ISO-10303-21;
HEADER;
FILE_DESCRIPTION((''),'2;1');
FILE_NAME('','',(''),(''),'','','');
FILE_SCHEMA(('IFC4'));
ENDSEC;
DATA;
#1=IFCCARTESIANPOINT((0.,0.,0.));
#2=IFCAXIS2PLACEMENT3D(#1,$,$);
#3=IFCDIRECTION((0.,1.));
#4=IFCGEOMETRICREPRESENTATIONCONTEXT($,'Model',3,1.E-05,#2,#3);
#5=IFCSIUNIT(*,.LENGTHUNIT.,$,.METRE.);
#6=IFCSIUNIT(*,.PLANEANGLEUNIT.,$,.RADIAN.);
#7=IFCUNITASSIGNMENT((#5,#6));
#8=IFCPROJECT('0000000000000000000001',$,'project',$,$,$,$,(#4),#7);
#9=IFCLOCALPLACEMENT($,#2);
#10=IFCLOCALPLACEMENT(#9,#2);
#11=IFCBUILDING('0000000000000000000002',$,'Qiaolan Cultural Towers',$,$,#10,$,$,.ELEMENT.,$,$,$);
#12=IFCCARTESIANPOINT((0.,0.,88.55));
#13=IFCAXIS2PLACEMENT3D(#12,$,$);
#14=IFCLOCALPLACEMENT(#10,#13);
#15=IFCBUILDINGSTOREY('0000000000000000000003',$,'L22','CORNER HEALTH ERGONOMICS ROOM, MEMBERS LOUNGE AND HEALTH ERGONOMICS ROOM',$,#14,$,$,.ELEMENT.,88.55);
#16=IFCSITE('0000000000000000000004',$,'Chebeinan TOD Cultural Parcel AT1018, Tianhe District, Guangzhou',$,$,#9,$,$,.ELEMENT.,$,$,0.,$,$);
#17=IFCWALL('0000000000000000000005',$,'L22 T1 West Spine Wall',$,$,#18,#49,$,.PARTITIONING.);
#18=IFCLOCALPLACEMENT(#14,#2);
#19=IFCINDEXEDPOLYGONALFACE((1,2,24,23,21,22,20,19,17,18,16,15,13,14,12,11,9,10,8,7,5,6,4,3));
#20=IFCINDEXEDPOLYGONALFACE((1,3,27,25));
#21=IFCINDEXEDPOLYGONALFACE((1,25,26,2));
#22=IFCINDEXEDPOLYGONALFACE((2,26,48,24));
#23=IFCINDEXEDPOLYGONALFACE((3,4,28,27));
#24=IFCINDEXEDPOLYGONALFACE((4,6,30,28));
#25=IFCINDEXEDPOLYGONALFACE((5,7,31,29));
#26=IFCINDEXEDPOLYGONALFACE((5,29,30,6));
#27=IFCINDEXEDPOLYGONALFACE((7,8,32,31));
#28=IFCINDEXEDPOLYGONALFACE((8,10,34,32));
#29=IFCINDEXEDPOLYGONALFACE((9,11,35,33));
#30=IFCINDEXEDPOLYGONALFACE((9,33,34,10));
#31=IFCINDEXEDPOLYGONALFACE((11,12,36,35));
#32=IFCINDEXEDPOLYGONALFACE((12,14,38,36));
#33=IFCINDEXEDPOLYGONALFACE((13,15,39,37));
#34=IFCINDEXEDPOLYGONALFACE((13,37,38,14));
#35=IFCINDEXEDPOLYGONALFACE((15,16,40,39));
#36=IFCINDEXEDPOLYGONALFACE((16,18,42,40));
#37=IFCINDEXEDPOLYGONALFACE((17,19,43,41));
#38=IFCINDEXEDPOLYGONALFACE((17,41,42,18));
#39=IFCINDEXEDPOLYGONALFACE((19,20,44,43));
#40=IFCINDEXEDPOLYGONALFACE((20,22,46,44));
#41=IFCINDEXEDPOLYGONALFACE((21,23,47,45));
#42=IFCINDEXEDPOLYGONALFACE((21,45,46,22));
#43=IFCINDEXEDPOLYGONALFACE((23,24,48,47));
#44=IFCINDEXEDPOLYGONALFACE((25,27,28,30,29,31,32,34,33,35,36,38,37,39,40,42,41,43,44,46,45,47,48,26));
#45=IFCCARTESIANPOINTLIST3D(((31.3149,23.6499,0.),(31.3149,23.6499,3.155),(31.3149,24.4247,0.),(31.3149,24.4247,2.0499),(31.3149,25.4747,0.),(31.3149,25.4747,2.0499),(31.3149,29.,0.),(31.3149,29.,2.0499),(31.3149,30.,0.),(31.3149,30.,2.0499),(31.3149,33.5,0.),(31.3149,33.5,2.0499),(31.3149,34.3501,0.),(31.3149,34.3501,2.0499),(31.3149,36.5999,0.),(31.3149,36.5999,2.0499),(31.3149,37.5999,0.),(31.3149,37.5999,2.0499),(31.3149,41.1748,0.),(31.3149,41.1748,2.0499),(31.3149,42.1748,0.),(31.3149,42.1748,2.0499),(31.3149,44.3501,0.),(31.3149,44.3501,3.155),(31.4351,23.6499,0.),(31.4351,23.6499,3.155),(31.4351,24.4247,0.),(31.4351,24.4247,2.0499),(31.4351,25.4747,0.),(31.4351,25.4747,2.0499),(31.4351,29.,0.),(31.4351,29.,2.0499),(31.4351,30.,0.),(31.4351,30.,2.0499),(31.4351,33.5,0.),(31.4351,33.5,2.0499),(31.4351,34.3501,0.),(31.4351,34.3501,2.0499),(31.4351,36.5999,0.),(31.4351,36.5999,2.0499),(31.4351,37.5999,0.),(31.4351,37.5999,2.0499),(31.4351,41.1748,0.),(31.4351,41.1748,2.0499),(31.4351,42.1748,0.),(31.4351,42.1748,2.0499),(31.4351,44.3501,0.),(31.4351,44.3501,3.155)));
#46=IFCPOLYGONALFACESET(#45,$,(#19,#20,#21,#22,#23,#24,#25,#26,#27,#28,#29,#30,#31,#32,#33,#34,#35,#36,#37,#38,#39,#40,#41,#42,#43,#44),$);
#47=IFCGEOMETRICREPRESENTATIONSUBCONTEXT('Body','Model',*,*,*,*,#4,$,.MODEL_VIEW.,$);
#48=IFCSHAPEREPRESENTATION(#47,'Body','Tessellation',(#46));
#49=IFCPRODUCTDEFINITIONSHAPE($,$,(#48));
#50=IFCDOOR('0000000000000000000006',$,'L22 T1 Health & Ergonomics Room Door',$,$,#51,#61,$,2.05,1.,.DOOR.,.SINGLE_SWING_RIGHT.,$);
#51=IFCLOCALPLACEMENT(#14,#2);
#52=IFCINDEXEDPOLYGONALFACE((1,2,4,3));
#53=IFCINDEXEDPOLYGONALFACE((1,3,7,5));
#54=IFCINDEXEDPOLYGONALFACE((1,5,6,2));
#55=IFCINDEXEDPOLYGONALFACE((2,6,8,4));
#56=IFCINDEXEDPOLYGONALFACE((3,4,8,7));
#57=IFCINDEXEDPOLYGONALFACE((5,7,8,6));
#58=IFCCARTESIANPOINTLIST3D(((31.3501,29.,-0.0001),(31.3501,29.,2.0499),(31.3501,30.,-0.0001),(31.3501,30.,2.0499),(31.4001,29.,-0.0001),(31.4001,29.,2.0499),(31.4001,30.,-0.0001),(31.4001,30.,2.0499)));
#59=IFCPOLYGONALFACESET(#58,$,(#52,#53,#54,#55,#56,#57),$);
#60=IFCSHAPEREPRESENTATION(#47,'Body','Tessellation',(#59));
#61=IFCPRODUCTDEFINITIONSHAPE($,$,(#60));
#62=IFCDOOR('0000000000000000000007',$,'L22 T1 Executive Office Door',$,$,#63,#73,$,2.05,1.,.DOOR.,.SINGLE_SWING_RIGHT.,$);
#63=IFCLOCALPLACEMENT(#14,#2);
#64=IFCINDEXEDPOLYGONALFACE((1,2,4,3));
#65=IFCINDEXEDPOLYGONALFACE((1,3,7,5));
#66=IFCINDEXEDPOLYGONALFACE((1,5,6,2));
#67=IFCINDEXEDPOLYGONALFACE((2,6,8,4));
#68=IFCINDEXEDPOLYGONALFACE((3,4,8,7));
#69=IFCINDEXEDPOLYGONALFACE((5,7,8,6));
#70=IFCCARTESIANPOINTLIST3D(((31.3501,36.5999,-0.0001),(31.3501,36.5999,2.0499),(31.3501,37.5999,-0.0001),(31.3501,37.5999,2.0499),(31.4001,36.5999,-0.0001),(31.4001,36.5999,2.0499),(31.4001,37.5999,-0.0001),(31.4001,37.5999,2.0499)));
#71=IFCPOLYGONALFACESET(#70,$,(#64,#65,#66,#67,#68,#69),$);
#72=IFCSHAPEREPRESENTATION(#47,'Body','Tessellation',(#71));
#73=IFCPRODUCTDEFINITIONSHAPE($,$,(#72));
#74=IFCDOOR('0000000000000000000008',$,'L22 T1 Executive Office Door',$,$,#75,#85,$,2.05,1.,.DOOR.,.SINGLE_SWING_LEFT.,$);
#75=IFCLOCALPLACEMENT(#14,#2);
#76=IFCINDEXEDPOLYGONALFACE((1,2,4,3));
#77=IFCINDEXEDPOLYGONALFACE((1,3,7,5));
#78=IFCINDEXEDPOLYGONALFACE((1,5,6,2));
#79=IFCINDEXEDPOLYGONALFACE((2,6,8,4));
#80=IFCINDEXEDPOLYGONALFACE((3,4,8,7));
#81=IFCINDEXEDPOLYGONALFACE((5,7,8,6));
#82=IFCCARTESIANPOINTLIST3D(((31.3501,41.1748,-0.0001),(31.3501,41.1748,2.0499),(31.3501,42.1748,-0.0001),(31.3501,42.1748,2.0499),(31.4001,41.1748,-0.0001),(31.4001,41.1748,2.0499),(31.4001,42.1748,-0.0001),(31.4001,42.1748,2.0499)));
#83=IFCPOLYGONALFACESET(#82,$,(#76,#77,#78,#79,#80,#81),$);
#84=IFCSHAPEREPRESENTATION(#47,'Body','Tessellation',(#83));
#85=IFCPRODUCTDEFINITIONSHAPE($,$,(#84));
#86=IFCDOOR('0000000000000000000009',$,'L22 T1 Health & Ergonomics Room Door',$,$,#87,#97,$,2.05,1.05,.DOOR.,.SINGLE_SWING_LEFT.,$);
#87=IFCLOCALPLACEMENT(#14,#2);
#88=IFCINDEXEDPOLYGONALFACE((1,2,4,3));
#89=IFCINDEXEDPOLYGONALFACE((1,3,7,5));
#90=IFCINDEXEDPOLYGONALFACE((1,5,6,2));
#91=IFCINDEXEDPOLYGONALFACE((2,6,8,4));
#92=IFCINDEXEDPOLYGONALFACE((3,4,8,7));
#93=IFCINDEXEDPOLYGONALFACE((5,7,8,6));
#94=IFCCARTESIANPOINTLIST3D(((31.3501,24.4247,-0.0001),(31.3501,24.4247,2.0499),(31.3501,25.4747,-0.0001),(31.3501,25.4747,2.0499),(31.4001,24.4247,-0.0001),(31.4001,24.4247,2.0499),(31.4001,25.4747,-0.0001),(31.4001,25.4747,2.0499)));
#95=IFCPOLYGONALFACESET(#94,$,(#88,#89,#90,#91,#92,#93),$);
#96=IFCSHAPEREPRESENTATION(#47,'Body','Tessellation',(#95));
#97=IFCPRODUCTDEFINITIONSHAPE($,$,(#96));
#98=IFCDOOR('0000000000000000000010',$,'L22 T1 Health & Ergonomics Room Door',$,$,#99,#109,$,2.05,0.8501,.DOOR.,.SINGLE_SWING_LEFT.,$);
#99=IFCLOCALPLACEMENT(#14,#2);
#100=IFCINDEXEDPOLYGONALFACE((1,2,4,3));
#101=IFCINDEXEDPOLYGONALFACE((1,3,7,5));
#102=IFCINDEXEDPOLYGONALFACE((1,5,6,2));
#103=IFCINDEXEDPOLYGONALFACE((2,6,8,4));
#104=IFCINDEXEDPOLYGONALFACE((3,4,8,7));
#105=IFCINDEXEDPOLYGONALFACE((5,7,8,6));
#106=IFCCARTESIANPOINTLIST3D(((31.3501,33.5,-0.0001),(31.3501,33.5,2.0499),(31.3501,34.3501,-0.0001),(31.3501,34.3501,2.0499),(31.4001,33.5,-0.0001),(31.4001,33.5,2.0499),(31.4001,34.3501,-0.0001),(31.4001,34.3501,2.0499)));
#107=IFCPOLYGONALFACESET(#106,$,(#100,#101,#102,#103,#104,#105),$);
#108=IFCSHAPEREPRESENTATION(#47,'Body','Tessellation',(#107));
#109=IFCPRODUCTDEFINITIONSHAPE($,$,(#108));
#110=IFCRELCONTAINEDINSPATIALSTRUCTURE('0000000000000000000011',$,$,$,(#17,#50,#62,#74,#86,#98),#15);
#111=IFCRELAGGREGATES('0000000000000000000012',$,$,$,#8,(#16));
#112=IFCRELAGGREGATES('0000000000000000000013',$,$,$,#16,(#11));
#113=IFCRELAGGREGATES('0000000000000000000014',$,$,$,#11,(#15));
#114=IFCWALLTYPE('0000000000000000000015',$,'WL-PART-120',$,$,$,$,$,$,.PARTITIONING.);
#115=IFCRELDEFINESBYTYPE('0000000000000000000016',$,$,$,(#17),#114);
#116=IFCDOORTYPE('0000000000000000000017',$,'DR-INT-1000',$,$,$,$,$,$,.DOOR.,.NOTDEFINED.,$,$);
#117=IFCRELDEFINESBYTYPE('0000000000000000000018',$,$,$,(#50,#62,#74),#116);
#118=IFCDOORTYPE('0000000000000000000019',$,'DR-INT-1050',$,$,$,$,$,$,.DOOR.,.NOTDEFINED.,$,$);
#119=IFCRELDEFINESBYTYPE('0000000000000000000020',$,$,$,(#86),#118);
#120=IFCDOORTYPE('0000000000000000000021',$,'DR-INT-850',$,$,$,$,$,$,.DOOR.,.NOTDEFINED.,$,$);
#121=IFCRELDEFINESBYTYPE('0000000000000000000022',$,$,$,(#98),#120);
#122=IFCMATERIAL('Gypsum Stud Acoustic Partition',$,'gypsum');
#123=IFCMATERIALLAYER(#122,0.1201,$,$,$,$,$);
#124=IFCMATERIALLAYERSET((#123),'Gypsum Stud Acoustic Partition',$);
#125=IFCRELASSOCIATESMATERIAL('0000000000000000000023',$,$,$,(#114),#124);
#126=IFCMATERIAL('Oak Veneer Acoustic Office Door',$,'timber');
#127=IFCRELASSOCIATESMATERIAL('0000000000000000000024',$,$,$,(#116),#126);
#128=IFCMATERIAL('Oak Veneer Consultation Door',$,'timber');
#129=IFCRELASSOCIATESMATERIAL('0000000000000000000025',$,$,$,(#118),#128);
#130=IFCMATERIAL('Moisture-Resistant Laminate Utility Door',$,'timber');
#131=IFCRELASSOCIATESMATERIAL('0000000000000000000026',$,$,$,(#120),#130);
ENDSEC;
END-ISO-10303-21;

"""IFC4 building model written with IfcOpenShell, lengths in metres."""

from ifc_helpers import new_model, si_unit, direction, frame, frame_2d, origin, place, context, subcontext, project, spatial, rectangle, extrude, material, layer, layer_set, type_object, element, fill, save


model = new_model("IFC4")

# Units and contexts
model_context = context("Model", 3, precision=1e-05, world=origin(), true_north=direction((0.0, 1.0)))
body_context = subcontext(model_context, "Body", "Model", "MODEL_VIEW")
ifc_project = project(units=[si_unit("LENGTHUNIT", "METRE"), si_unit("PLANEANGLEUNIT", "RADIAN")], contexts=[model_context])

# Site, building, storey
site_placement = place(None, origin())
site = spatial("IfcSite", under=ifc_project, at=site_placement, Name="Chebeinan TOD Cultural Parcel AT1018, Tianhe District, Guangzhou", CompositionType="ELEMENT", RefElevation=0.0)
building_placement = place(site_placement, origin())
building = spatial("IfcBuilding", under=site, at=building_placement, Name="Qiaolan Cultural Towers", CompositionType="ELEMENT")
storey_placement = place(building_placement, frame((0.0, 0.0, 88.55)))
storey = spatial("IfcBuildingStorey", under=building, at=storey_placement, Name="L22", Description="CORNER HEALTH ERGONOMICS ROOM, MEMBERS LOUNGE AND HEALTH ERGONOMICS ROOM", CompositionType="ELEMENT", Elevation=88.55)

# Shared definitions
ifc_material_1 = material(Name="Gypsum Stud Acoustic Partition", Category="gypsum")
ifc_layer_1 = layer(ifc_material_1, 0.1201)
ifc_layer_set_1 = layer_set([ifc_layer_1], Name="Gypsum Stud Acoustic Partition")
wall_type_1 = type_object("IfcWallType", Name="WL-PART-120", PredefinedType="PARTITIONING", material=ifc_layer_set_1)

# Wall, openings, doors
wall_1_placement = place(storey_placement, frame((31.375, 23.6499, 0.0), z_axis=(0.0, 0.0, 1.0), x_axis=(0.0, 1.0, 0.0)))
wall_1 = element("IfcWall", 1, at=wall_1_placement, inside=storey, type_object=wall_type_1, Name="L22 T1 West Spine Wall", PredefinedType="PARTITIONING", context=body_context, shape_type="SweptSolid", body=[
    extrude(rectangle(XDim=20.7002, YDim=0.1201, at=frame_2d((10.3501, 0.0))), origin(), (0.0, 0.0, 1.0), 3.155),
])
opening_1_placement = place(wall_1_placement, frame((0.7749, 0.0, 0.0)))
opening_1 = element("IfcOpeningElement", 2, at=opening_1_placement, cuts=wall_1, PredefinedType="OPENING", context=body_context, shape_type="SweptSolid", body=[
    extrude(rectangle(XDim=1.05, YDim=2.05, at=frame_2d((0.5249, 1.0249))), frame((0.0, 0.0701, 0.0), z_axis=(0.0, -1.0, 0.0), x_axis=(1.0, 0.0, 0.0)), (0.0, 0.0, 1.0), 0.1401),
])
opening_2_placement = place(wall_1_placement, frame((5.3501, 0.0, 0.0)))
opening_2 = element("IfcOpeningElement", 3, at=opening_2_placement, cuts=wall_1, PredefinedType="OPENING", context=body_context, shape_type="SweptSolid", body=[
    extrude(rectangle(XDim=1.0, YDim=2.05, at=frame_2d((0.5, 1.0249))), frame((0.0, 0.0701, 0.0), z_axis=(0.0, -1.0, 0.0), x_axis=(1.0, 0.0, 0.0)), (0.0, 0.0, 1.0), 0.1401),
])
opening_3_placement = place(wall_1_placement, frame((9.8501, 0.0, 0.0)))
opening_3 = element("IfcOpeningElement", 4, at=opening_3_placement, cuts=wall_1, PredefinedType="OPENING", context=body_context, shape_type="SweptSolid", body=[
    extrude(rectangle(XDim=0.8501, YDim=2.05, at=frame_2d((0.425, 1.0249))), frame((0.0, 0.0701, 0.0), z_axis=(0.0, -1.0, 0.0), x_axis=(1.0, 0.0, 0.0)), (0.0, 0.0, 1.0), 0.1401),
])
opening_4_placement = place(wall_1_placement, frame((12.95, 0.0, 0.0)))
opening_4 = element("IfcOpeningElement", 5, at=opening_4_placement, cuts=wall_1, PredefinedType="OPENING", context=body_context, shape_type="SweptSolid", body=[
    extrude(rectangle(XDim=1.0, YDim=2.05, at=frame_2d((0.5, 1.0249))), frame((0.0, 0.0701, 0.0), z_axis=(0.0, -1.0, 0.0), x_axis=(1.0, 0.0, 0.0)), (0.0, 0.0, 1.0), 0.1401),
])
opening_5_placement = place(wall_1_placement, frame((17.5249, 0.0, 0.0)))
opening_5 = element("IfcOpeningElement", 6, at=opening_5_placement, cuts=wall_1, PredefinedType="OPENING", context=body_context, shape_type="SweptSolid", body=[
    extrude(rectangle(XDim=1.0, YDim=2.05, at=frame_2d((0.5, 1.0249))), frame((0.0, 0.0701, 0.0), z_axis=(0.0, -1.0, 0.0), x_axis=(1.0, 0.0, 0.0)), (0.0, 0.0, 1.0), 0.1401),
])
ifc_material_2 = material(Name="Oak Veneer Acoustic Office Door", Category="timber")
door_type_1 = type_object("IfcDoorType", Name="DR-INT-1000", OperationType="NOTDEFINED", PredefinedType="DOOR", material=ifc_material_2)
door_1_placement = place(opening_2_placement, origin())
door_1 = element("IfcDoor", 7, at=door_1_placement, inside=storey, type_object=door_type_1, Name="L22 T1 Health & Ergonomics Room Door", OperationType="SINGLE_SWING_RIGHT", OverallHeight=2.05, OverallWidth=1.0, PredefinedType="DOOR", context=body_context, shape_type="SweptSolid", body=[
    extrude(rectangle(XDim=1.0, YDim=2.05, at=frame_2d((0.5, 1.0249))), frame((0.0, 0.0249, 0.0), z_axis=(0.0, -1.0, 0.0), x_axis=(1.0, 0.0, 0.0)), (0.0, 0.0, 1.0), 0.05),
])
fill(opening_2, door_1)
door_2_placement = place(opening_4_placement, origin())
door_2 = element("IfcDoor", 8, at=door_2_placement, inside=storey, type_object=door_type_1, Name="L22 T1 Executive Office Door", OperationType="SINGLE_SWING_RIGHT", OverallHeight=2.05, OverallWidth=1.0, PredefinedType="DOOR", context=body_context, shape_type="SweptSolid", body=[
    extrude(rectangle(XDim=1.0, YDim=2.05, at=frame_2d((0.5, 1.0249))), frame((0.0, 0.0249, 0.0), z_axis=(0.0, -1.0, 0.0), x_axis=(1.0, 0.0, 0.0)), (0.0, 0.0, 1.0), 0.05),
])
fill(opening_4, door_2)
door_3_placement = place(opening_5_placement, origin())
door_3 = element("IfcDoor", 9, at=door_3_placement, inside=storey, type_object=door_type_1, Name="L22 T1 Executive Office Door", OperationType="SINGLE_SWING_LEFT", OverallHeight=2.05, OverallWidth=1.0, PredefinedType="DOOR", context=body_context, shape_type="SweptSolid", body=[
    extrude(rectangle(XDim=1.0, YDim=2.05, at=frame_2d((0.5, 1.0249))), frame((0.0, 0.0249, 0.0), z_axis=(0.0, -1.0, 0.0), x_axis=(1.0, 0.0, 0.0)), (0.0, 0.0, 1.0), 0.05),
])
fill(opening_5, door_3)
ifc_material_3 = material(Name="Oak Veneer Consultation Door", Category="timber")
door_type_2 = type_object("IfcDoorType", Name="DR-INT-1050", OperationType="NOTDEFINED", PredefinedType="DOOR", material=ifc_material_3)
door_4_placement = place(opening_1_placement, origin())
door_4 = element("IfcDoor", 10, at=door_4_placement, inside=storey, type_object=door_type_2, Name="L22 T1 Health & Ergonomics Room Door", OperationType="SINGLE_SWING_LEFT", OverallHeight=2.05, OverallWidth=1.05, PredefinedType="DOOR", context=body_context, shape_type="SweptSolid", body=[
    extrude(rectangle(XDim=1.05, YDim=2.05, at=frame_2d((0.5249, 1.0249))), frame((0.0, 0.0249, 0.0), z_axis=(0.0, -1.0, 0.0), x_axis=(1.0, 0.0, 0.0)), (0.0, 0.0, 1.0), 0.05),
])
fill(opening_1, door_4)
ifc_material_4 = material(Name="Moisture-Resistant Laminate Utility Door", Category="timber")
door_type_3 = type_object("IfcDoorType", Name="DR-INT-850", OperationType="NOTDEFINED", PredefinedType="DOOR", material=ifc_material_4)
door_5_placement = place(opening_3_placement, origin())
door_5 = element("IfcDoor", 11, at=door_5_placement, inside=storey, type_object=door_type_3, Name="L22 T1 Health & Ergonomics Room Door", OperationType="SINGLE_SWING_LEFT", OverallHeight=2.05, OverallWidth=0.8501, PredefinedType="DOOR", context=body_context, shape_type="SweptSolid", body=[
    extrude(rectangle(XDim=0.8501, YDim=2.05, at=frame_2d((0.425, 1.0249))), frame((0.0, 0.0249, 0.0), z_axis=(0.0, -1.0, 0.0), x_axis=(1.0, 0.0, 0.0)), (0.0, 0.0, 1.0), 0.05),
])
fill(opening_3, door_5)

save(model, "model.ifc")
